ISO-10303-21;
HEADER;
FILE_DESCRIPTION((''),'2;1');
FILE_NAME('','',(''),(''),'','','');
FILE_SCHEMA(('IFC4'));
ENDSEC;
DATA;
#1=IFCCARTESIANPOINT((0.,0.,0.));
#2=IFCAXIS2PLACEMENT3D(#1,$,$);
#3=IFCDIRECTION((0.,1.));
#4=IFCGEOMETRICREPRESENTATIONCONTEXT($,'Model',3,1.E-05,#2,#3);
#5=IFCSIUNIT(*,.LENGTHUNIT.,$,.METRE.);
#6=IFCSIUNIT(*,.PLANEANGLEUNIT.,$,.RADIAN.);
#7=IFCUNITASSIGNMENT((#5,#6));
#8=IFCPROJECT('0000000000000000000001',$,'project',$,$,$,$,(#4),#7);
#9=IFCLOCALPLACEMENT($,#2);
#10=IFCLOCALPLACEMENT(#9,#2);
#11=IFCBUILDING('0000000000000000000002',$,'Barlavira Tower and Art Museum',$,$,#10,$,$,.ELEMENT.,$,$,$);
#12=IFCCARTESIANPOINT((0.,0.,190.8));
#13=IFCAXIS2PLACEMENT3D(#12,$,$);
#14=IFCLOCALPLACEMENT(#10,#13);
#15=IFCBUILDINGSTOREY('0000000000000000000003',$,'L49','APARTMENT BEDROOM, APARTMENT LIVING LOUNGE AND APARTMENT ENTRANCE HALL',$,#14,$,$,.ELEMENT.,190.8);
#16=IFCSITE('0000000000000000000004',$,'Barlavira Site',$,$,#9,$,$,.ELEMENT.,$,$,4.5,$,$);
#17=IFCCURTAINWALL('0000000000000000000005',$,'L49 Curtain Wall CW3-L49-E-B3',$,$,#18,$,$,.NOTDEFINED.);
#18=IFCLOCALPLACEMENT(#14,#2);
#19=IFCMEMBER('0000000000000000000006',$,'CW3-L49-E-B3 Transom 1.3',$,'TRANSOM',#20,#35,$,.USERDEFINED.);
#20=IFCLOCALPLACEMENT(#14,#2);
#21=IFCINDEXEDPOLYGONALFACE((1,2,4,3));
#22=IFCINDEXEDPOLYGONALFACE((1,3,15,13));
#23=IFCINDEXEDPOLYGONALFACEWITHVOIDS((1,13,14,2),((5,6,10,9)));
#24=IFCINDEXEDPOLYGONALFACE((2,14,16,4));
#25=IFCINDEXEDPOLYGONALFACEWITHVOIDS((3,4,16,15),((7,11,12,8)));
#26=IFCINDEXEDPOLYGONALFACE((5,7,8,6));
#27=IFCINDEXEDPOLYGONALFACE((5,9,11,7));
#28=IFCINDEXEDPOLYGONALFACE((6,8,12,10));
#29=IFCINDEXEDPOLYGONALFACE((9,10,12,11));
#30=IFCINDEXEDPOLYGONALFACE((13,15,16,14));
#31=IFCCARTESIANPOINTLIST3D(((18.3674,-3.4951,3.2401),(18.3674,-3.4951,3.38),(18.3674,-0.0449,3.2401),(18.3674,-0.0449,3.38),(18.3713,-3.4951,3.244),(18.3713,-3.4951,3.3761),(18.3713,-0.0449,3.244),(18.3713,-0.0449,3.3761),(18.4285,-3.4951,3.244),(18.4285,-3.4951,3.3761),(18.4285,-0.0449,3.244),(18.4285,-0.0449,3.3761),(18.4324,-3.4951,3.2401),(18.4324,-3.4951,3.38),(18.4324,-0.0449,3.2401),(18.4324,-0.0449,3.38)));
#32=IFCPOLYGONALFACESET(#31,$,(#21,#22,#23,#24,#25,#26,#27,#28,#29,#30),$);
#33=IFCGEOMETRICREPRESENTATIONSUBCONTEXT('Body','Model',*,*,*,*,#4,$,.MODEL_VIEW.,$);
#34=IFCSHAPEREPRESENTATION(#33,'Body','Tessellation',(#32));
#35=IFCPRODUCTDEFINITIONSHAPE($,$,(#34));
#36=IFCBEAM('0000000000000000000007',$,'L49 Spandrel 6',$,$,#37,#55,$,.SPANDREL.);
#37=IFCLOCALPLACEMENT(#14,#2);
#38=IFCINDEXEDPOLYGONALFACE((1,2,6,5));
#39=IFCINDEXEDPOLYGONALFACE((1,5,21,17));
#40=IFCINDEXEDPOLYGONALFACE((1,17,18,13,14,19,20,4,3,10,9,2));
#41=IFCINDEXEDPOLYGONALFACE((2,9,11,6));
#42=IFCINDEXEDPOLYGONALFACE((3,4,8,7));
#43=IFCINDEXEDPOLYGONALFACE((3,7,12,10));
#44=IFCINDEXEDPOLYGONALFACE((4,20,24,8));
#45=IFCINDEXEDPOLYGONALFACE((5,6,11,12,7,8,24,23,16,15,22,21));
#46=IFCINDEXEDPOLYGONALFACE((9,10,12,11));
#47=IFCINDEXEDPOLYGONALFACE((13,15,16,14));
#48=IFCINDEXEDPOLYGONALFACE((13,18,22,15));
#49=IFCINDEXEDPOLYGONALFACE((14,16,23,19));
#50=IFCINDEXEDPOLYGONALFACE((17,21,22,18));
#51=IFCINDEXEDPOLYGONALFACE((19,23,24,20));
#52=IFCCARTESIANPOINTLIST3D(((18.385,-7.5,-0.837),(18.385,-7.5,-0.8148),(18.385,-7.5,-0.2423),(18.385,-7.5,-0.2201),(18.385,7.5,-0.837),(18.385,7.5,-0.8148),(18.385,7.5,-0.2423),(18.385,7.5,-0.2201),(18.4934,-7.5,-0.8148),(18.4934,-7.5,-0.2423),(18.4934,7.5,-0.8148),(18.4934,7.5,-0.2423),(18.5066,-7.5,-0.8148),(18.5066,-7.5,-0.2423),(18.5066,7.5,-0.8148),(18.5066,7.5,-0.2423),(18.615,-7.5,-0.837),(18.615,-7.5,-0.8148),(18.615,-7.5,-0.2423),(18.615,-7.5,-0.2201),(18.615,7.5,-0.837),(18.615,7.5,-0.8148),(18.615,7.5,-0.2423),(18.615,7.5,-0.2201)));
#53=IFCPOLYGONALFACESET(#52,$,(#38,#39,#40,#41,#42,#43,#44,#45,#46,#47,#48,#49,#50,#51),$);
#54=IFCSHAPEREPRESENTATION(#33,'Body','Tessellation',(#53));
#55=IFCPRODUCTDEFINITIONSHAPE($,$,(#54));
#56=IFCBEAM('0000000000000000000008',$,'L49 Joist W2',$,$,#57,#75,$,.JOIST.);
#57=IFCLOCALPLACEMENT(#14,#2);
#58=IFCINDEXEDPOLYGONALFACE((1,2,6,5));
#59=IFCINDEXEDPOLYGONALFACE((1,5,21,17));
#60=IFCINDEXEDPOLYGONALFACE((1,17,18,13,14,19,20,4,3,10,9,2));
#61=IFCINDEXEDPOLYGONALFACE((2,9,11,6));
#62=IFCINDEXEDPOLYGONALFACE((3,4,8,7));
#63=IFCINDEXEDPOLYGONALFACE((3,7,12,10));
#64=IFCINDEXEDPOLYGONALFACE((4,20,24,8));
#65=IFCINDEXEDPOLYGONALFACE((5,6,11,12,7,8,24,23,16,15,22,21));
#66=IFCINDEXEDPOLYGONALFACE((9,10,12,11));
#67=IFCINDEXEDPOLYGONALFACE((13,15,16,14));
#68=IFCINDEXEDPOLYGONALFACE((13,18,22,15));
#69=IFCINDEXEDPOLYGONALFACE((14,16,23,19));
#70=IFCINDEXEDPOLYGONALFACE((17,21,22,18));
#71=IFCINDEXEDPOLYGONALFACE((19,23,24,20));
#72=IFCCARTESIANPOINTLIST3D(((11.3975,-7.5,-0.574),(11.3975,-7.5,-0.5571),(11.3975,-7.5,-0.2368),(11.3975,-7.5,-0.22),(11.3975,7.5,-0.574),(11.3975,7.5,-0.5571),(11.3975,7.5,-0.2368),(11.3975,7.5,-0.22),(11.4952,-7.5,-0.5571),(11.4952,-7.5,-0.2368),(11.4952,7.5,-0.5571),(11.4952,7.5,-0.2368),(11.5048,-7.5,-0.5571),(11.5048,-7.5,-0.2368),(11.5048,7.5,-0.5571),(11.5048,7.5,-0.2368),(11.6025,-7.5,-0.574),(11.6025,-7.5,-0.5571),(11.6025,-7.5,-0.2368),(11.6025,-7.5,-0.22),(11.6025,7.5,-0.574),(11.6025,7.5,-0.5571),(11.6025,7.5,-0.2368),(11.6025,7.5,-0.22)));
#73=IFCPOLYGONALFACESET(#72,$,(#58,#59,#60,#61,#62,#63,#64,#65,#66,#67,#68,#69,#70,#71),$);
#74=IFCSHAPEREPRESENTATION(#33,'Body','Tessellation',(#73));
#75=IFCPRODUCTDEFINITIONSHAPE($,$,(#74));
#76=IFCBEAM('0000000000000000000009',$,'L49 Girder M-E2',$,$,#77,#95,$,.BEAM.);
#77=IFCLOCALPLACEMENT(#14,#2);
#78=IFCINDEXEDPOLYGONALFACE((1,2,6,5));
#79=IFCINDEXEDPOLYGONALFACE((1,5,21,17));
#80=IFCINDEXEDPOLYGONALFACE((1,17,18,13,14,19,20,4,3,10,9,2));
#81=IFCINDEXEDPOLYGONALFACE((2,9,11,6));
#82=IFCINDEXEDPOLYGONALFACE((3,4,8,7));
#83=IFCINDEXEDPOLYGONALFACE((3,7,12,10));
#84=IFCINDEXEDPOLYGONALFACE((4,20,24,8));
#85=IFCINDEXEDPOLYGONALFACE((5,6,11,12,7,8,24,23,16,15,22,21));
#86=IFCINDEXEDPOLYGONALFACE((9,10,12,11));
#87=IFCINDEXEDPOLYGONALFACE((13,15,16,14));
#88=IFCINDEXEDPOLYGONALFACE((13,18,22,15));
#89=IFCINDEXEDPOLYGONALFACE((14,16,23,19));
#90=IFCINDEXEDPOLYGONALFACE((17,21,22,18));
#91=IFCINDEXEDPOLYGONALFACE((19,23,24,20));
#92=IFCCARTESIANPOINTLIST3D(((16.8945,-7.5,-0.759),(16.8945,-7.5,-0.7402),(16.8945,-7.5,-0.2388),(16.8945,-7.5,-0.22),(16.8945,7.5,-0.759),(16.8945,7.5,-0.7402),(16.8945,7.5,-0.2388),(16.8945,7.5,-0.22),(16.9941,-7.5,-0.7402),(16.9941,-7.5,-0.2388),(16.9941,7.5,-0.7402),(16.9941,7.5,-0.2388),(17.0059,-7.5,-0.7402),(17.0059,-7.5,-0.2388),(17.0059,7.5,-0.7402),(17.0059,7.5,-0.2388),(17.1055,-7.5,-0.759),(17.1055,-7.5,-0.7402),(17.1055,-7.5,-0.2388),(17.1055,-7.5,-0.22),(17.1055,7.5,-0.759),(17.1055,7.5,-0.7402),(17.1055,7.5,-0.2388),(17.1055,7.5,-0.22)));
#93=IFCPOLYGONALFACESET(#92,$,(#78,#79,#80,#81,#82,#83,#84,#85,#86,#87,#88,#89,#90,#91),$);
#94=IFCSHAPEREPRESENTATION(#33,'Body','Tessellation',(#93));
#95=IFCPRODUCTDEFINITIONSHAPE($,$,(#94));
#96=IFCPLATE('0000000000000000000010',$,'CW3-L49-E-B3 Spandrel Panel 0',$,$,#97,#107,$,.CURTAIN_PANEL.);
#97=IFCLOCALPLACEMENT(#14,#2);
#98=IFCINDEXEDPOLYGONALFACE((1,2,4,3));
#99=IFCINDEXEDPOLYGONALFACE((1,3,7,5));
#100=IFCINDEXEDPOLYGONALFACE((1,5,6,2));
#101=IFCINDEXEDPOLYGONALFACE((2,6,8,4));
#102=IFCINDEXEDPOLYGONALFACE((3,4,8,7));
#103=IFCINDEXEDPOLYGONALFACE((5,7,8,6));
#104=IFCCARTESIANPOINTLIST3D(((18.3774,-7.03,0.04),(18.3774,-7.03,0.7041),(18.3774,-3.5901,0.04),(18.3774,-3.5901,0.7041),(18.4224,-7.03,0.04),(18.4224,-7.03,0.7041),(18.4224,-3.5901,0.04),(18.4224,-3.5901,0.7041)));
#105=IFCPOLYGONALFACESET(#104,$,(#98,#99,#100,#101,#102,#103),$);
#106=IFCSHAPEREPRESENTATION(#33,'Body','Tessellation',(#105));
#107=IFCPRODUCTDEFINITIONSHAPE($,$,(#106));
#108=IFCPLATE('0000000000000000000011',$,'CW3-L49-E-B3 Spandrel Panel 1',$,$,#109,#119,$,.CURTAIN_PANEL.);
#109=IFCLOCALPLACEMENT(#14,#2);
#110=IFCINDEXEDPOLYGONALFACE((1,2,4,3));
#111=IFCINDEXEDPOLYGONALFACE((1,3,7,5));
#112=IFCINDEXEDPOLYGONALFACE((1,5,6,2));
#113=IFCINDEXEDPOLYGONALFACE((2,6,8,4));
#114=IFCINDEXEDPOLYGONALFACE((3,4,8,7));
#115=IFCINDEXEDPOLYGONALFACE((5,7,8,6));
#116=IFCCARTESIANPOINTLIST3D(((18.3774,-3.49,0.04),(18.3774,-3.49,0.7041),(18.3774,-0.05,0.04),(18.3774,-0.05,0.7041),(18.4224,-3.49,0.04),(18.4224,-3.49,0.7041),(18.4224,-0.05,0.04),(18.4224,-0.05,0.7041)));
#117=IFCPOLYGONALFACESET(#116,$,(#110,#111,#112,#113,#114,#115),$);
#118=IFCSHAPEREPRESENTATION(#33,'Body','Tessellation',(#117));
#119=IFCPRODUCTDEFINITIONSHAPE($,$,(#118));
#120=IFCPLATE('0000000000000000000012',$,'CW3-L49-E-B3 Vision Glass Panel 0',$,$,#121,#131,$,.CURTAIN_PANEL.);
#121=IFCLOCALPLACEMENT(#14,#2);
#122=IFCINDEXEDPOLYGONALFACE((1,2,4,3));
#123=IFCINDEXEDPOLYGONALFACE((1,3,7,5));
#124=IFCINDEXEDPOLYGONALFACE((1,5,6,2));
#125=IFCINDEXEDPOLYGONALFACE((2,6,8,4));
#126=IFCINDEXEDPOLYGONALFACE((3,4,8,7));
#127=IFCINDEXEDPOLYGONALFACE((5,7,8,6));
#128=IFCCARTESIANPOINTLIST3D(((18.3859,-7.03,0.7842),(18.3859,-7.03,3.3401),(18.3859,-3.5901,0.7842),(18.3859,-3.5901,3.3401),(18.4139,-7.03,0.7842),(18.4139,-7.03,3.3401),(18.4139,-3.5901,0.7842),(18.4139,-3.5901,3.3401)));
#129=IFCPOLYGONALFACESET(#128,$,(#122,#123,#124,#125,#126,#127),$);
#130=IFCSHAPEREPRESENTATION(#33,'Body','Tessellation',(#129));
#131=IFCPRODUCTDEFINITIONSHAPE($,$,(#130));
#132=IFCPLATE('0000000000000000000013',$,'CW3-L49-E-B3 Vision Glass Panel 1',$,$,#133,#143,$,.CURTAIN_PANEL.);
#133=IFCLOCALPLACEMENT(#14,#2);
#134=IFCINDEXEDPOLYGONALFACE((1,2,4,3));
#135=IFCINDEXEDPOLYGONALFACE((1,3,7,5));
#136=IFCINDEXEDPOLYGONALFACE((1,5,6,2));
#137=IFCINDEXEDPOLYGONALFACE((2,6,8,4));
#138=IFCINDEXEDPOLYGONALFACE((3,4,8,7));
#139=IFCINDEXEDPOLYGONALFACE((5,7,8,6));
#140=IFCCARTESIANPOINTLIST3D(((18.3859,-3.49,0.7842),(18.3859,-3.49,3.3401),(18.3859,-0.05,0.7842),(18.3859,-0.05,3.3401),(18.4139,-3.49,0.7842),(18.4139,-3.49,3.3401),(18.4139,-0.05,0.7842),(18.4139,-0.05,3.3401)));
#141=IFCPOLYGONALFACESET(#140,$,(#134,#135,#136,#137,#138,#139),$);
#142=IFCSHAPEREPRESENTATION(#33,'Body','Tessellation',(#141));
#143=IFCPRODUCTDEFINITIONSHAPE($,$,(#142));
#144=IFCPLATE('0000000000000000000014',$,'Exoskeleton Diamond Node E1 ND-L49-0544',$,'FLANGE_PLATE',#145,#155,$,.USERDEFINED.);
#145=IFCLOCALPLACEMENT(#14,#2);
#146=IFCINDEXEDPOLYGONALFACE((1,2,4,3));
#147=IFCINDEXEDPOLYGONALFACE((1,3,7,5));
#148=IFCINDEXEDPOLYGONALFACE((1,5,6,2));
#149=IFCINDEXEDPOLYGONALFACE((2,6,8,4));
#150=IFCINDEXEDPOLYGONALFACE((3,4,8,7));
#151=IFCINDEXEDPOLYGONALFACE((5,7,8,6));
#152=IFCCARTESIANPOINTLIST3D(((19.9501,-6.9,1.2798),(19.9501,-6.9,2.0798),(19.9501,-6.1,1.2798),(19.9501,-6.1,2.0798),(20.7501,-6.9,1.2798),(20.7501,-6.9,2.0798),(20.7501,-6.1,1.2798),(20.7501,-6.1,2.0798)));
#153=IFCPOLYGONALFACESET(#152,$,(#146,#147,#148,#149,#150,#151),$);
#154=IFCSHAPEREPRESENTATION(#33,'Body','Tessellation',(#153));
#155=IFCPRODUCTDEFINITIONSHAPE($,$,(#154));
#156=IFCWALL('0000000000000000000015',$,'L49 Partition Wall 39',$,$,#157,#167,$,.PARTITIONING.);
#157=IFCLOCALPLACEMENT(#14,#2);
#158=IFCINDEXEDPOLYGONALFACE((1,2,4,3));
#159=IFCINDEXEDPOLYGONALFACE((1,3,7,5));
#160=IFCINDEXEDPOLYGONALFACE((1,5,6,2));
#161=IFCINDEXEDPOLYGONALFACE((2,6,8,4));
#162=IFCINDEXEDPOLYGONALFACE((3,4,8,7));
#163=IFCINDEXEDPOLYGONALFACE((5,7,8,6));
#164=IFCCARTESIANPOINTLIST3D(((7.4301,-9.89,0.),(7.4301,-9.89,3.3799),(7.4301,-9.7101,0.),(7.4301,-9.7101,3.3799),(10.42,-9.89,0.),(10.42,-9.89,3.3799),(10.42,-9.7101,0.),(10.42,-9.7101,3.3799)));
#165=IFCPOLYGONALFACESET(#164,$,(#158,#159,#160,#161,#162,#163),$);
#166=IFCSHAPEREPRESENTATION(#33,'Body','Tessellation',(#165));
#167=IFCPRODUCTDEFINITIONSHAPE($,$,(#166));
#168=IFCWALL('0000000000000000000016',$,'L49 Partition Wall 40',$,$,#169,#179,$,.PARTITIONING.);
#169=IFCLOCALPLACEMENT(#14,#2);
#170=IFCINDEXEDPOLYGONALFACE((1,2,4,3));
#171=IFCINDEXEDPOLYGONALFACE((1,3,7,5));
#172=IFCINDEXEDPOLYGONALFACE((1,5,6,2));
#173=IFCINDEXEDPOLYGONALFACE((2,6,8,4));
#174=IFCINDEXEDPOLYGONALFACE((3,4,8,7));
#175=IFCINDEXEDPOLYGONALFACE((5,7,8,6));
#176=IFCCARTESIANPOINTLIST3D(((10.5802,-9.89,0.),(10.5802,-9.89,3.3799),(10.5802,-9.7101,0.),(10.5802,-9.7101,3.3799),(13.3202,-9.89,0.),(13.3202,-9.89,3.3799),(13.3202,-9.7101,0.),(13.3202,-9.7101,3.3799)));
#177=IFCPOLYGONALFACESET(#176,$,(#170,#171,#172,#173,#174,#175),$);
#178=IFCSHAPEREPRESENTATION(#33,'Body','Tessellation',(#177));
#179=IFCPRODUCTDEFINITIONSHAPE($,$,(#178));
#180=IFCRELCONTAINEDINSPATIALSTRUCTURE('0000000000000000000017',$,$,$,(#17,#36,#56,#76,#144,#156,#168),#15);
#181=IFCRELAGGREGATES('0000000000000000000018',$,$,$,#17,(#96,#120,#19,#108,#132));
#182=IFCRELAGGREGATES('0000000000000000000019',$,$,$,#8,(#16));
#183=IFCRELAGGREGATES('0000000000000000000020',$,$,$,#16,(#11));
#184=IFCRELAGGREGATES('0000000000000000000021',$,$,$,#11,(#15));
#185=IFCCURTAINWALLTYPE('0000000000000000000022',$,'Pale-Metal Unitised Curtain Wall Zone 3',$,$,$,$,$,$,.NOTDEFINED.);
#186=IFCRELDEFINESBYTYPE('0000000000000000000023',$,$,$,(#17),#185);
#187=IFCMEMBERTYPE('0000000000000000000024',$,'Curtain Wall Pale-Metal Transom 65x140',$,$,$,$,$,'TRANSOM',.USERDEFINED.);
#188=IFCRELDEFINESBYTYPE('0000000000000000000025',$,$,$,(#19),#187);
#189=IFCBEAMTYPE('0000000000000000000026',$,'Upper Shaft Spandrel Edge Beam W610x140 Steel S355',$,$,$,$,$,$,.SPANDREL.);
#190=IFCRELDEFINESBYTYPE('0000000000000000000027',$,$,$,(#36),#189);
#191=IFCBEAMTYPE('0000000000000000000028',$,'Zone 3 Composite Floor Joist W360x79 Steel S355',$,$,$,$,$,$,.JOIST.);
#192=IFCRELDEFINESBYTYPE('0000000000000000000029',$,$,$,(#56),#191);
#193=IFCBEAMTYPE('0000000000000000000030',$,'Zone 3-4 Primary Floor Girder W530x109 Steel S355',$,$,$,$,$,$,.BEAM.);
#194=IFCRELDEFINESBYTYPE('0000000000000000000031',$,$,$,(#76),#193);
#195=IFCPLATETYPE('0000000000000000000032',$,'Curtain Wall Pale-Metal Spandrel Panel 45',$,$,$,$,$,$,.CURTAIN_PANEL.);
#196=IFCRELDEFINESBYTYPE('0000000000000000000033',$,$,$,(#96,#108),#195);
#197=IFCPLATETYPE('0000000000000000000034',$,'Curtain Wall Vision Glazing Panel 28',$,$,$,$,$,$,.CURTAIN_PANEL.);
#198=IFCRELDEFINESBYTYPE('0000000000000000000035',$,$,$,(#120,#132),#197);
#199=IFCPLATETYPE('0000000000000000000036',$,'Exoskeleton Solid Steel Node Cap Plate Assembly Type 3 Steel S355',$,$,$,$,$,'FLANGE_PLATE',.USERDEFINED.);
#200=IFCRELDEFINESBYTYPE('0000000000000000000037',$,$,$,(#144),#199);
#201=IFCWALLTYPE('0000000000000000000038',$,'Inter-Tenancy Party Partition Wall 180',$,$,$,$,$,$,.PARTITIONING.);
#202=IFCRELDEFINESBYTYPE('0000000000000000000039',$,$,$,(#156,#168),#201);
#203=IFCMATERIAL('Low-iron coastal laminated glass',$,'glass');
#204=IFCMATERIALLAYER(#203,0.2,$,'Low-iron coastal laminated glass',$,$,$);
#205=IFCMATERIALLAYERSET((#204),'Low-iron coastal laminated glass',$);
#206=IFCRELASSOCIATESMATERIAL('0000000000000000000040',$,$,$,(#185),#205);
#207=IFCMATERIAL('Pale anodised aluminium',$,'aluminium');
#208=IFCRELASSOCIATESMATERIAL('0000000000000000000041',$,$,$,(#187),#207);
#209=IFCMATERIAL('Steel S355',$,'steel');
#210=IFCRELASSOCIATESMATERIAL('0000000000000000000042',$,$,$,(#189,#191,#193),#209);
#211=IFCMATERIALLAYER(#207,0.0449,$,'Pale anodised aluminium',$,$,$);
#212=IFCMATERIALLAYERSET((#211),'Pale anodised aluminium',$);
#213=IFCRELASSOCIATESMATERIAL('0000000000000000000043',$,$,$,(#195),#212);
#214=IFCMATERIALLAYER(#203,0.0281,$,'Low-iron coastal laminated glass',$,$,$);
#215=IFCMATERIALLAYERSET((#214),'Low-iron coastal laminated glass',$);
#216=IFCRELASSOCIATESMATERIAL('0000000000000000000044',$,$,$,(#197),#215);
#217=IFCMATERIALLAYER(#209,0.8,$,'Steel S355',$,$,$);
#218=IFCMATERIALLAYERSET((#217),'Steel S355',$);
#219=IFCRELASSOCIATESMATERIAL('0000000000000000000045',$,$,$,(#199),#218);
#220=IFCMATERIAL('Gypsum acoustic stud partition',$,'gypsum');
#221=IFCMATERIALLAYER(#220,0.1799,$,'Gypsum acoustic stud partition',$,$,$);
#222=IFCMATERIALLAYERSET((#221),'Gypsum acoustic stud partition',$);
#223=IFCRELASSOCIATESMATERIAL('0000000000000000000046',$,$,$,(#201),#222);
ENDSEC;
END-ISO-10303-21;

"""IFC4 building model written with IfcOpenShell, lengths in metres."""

from ifc_helpers import new_model, si_unit, direction, frame, frame_2d, origin, origin_2d, place, context, subcontext, project, spatial, rectangle, hollow_rectangle, i_section, extrude, material, layer, layer_set, material_profile, profile_set, type_object, element, aggregate, save


model = new_model("IFC4")

# Units and contexts
model_context = context("Model", 3, precision=1e-05, world=origin(), true_north=direction((0.0, 1.0)))
body_context = subcontext(model_context, "Body", "Model", "MODEL_VIEW")
ifc_project = project(units=[si_unit("LENGTHUNIT", "METRE"), si_unit("PLANEANGLEUNIT", "RADIAN")], contexts=[model_context])

# Site, building, storey
site_placement = place(None, origin())
site = spatial("IfcSite", under=ifc_project, at=site_placement, Name="Barlavira Site", CompositionType="ELEMENT", RefElevation=4.5)
building_placement = place(site_placement, origin())
building = spatial("IfcBuilding", under=site, at=building_placement, Name="Barlavira Tower and Art Museum", CompositionType="ELEMENT")
storey_placement = place(building_placement, frame((0.0, 0.0, 190.8)))
storey = spatial("IfcBuildingStorey", under=building, at=storey_placement, Name="L49", Description="APARTMENT BEDROOM, APARTMENT LIVING LOUNGE AND APARTMENT ENTRANCE HALL", CompositionType="ELEMENT", Elevation=190.8)

# Shared definitions
ifc_material_1 = material(Name="Steel S355", Category="steel")

# Curtain wall, member
ifc_material_2 = material(Name="Low-iron coastal laminated glass", Category="glass")
ifc_layer_1 = layer(ifc_material_2, 0.2, Name="Low-iron coastal laminated glass")
ifc_layer_set_1 = layer_set([ifc_layer_1], Name="Low-iron coastal laminated glass")
curtain_wall_type = type_object("IfcCurtainWallType", Name="Pale-Metal Unitised Curtain Wall Zone 3", PredefinedType="NOTDEFINED", material=ifc_layer_set_1)
curtain_wall_placement = place(storey_placement, origin())
curtain_wall = element("IfcCurtainWall", 1, at=curtain_wall_placement, inside=storey, type_object=curtain_wall_type, Name="L49 Curtain Wall CW3-L49-E-B3", PredefinedType="NOTDEFINED")
ifc_material_3 = material(Name="Pale anodised aluminium", Category="aluminium")
ifc_material_profile_1 = material_profile(ifc_material_3, hollow_rectangle(XDim=0.0649, YDim=0.1399, WallThickness=0.0039, at=origin_2d()), Name="ALU-TRAN 65x140x4")
ifc_profile_set_1 = profile_set([ifc_material_profile_1], Name="Pale anodised aluminium")
member_type_1 = type_object("IfcMemberType", Name="Curtain Wall Pale-Metal Transom 65x140", ElementType="TRANSOM", PredefinedType="USERDEFINED", material=ifc_profile_set_1)
member_1_placement = place(storey_placement, frame((18.3999, -3.4951, 3.3101), z_axis=(0.0, 1.0, 0.0), x_axis=(-1.0, 0.0, 0.0)))
member_1 = element("IfcMember", 2, at=member_1_placement, type_object=member_type_1, Name="CW3-L49-E-B3 Transom 1.3", ObjectType="TRANSOM", PredefinedType="USERDEFINED", context=body_context, shape_type="SweptSolid", body=[
    extrude(hollow_rectangle(XDim=0.0649, YDim=0.1399, WallThickness=0.0039, at=origin_2d()), origin(), (0.0, 0.0, 1.0), 3.4502),
])

# Beams
ifc_material_profile_2 = material_profile(ifc_material_1, i_section(OverallWidth=0.23, OverallDepth=0.6169, WebThickness=0.0132, FlangeThickness=0.0222, at=origin_2d()), Name="W610x140.0")
ifc_profile_set_2 = profile_set([ifc_material_profile_2], Name="Steel S355")
beam_type_1 = type_object("IfcBeamType", Name="Upper Shaft Spandrel Edge Beam W610x140 Steel S355", PredefinedType="SPANDREL", material=ifc_profile_set_2)
beam_1_placement = place(storey_placement, frame((18.5, -7.5, -0.5286), z_axis=(0.0, 1.0, 0.0), x_axis=(-1.0, 0.0, 0.0)))
element("IfcBeam", 3, at=beam_1_placement, inside=storey, type_object=beam_type_1, Name="L49 Spandrel 6", PredefinedType="SPANDREL", context=body_context, shape_type="SweptSolid", body=[
    extrude(i_section(OverallWidth=0.23, OverallDepth=0.6169, WebThickness=0.0132, FlangeThickness=0.0222, at=origin_2d()), origin(), (0.0, 0.0, 1.0), 15.0),
])
ifc_material_profile_3 = material_profile(ifc_material_1, i_section(OverallWidth=0.2051, OverallDepth=0.354, WebThickness=0.0095, FlangeThickness=0.0168, at=origin_2d()), Name="W360x79.0")
ifc_profile_set_3 = profile_set([ifc_material_profile_3], Name="Steel S355")
beam_type_2 = type_object("IfcBeamType", Name="Zone 3 Composite Floor Joist W360x79 Steel S355", PredefinedType="JOIST", material=ifc_profile_set_3)
beam_2_placement = place(storey_placement, frame((11.5, -7.5, -0.397), z_axis=(0.0, 1.0, 0.0), x_axis=(-1.0, 0.0, 0.0)))
element("IfcBeam", 4, at=beam_2_placement, inside=storey, type_object=beam_type_2, Name="L49 Joist W2", PredefinedType="JOIST", context=body_context, shape_type="SweptSolid", body=[
    extrude(i_section(OverallWidth=0.2051, OverallDepth=0.354, WebThickness=0.0095, FlangeThickness=0.0168, at=origin_2d()), origin(), (0.0, 0.0, 1.0), 15.0),
])
ifc_material_profile_4 = material_profile(ifc_material_1, i_section(OverallWidth=0.2109, OverallDepth=0.5391, WebThickness=0.0117, FlangeThickness=0.0188, at=origin_2d()), Name="W530x109.0")
ifc_profile_set_4 = profile_set([ifc_material_profile_4], Name="Steel S355")
beam_type_3 = type_object("IfcBeamType", Name="Zone 3-4 Primary Floor Girder W530x109 Steel S355", PredefinedType="BEAM", material=ifc_profile_set_4)
beam_3_placement = place(storey_placement, frame((17.0, -7.5, -0.4895), z_axis=(0.0, 1.0, 0.0), x_axis=(-1.0, 0.0, 0.0)))
element("IfcBeam", 5, at=beam_3_placement, inside=storey, type_object=beam_type_3, Name="L49 Girder M-E2", PredefinedType="BEAM", context=body_context, shape_type="SweptSolid", body=[
    extrude(i_section(OverallWidth=0.2109, OverallDepth=0.5391, WebThickness=0.0117, FlangeThickness=0.0188, at=origin_2d()), origin(), (0.0, 0.0, 1.0), 15.0),
])

# Plates
ifc_layer_2 = layer(ifc_material_3, 0.0449, Name="Pale anodised aluminium")
ifc_layer_set_2 = layer_set([ifc_layer_2], Name="Pale anodised aluminium")
plate_type_1 = type_object("IfcPlateType", Name="Curtain Wall Pale-Metal Spandrel Panel 45", PredefinedType="CURTAIN_PANEL", material=ifc_layer_set_2)
plate_1_placement = place(storey_placement, frame((18.3999, -5.3101, 0.04), z_axis=(0.0, 0.0, 1.0), x_axis=(0.0, 1.0, 0.0)))
plate_1 = element("IfcPlate", 6, at=plate_1_placement, type_object=plate_type_1, Name="CW3-L49-E-B3 Spandrel Panel 0", PredefinedType="CURTAIN_PANEL", context=body_context, shape_type="SweptSolid", body=[
    extrude(rectangle(XDim=3.4399, YDim=0.0449, at=origin_2d()), origin(), (0.0, 0.0, 1.0), 0.6641),
])
plate_2_placement = place(storey_placement, frame((18.3999, -1.77, 0.04), z_axis=(0.0, 0.0, 1.0), x_axis=(0.0, 1.0, 0.0)))
plate_2 = element("IfcPlate", 7, at=plate_2_placement, type_object=plate_type_1, Name="CW3-L49-E-B3 Spandrel Panel 1", PredefinedType="CURTAIN_PANEL", context=body_context, shape_type="SweptSolid", body=[
    extrude(rectangle(XDim=3.4399, YDim=0.0449, at=origin_2d()), origin(), (0.0, 0.0, 1.0), 0.6641),
])
ifc_layer_3 = layer(ifc_material_2, 0.0281, Name="Low-iron coastal laminated glass")
ifc_layer_set_3 = layer_set([ifc_layer_3], Name="Low-iron coastal laminated glass")
plate_type_2 = type_object("IfcPlateType", Name="Curtain Wall Vision Glazing Panel 28", PredefinedType="CURTAIN_PANEL", material=ifc_layer_set_3)
plate_3_placement = place(storey_placement, frame((18.3999, -5.3101, 0.7842), z_axis=(0.0, 0.0, 1.0), x_axis=(0.0, 1.0, 0.0)))
plate_3 = element("IfcPlate", 8, at=plate_3_placement, type_object=plate_type_2, Name="CW3-L49-E-B3 Vision Glass Panel 0", PredefinedType="CURTAIN_PANEL", context=body_context, shape_type="SweptSolid", body=[
    extrude(rectangle(XDim=3.4399, YDim=0.0281, at=origin_2d()), origin(), (0.0, 0.0, 1.0), 2.5559),
])
plate_4_placement = place(storey_placement, frame((18.3999, -1.77, 0.7842), z_axis=(0.0, 0.0, 1.0), x_axis=(0.0, 1.0, 0.0)))
plate_4 = element("IfcPlate", 9, at=plate_4_placement, type_object=plate_type_2, Name="CW3-L49-E-B3 Vision Glass Panel 1", PredefinedType="CURTAIN_PANEL", context=body_context, shape_type="SweptSolid", body=[
    extrude(rectangle(XDim=3.4399, YDim=0.0281, at=origin_2d()), origin(), (0.0, 0.0, 1.0), 2.5559),
])
aggregate(curtain_wall, [plate_1, plate_3, member_1, plate_2, plate_4])
ifc_layer_4 = layer(ifc_material_1, 0.8, Name="Steel S355")
ifc_layer_set_4 = layer_set([ifc_layer_4], Name="Steel S355")
plate_type_3 = type_object("IfcPlateType", Name="Exoskeleton Solid Steel Node Cap Plate Assembly Type 3 Steel S355", ElementType="FLANGE_PLATE", PredefinedType="USERDEFINED", material=ifc_layer_set_4)
plate_5_placement = place(storey_placement, frame((20.3501, -6.5, 1.2798), z_axis=(0.0, 0.0, 1.0), x_axis=(1.0, 0.0, 0.0)))
element("IfcPlate", 10, at=plate_5_placement, inside=storey, type_object=plate_type_3, Name="Exoskeleton Diamond Node E1 ND-L49-0544", ObjectType="FLANGE_PLATE", PredefinedType="USERDEFINED", context=body_context, shape_type="SweptSolid", body=[
    extrude(rectangle(XDim=0.8, YDim=0.8, at=origin_2d()), origin(), (0.0, 0.0, 1.0), 0.8),
])

# Shared definitions
ifc_material_4 = material(Name="Gypsum acoustic stud partition", Category="gypsum")
ifc_layer_5 = layer(ifc_material_4, 0.1799, Name="Gypsum acoustic stud partition")
ifc_layer_set_5 = layer_set([ifc_layer_5], Name="Gypsum acoustic stud partition")
wall_type = type_object("IfcWallType", Name="Inter-Tenancy Party Partition Wall 180", PredefinedType="PARTITIONING", material=ifc_layer_set_5)

# Walls
wall_1_placement = place(storey_placement, frame((7.4299, -9.8, 0.0), z_axis=(0.0, 0.0, 1.0), x_axis=(1.0, 0.0, 0.0)))
element("IfcWall", 11, at=wall_1_placement, inside=storey, type_object=wall_type, Name="L49 Partition Wall 39", PredefinedType="PARTITIONING", context=body_context, shape_type="SweptSolid", body=[
    extrude(rectangle(XDim=2.99, YDim=0.1799, at=frame_2d((1.4951, 0.0))), origin(), (0.0, 0.0, 1.0), 3.3799),
])
wall_2_placement = place(storey_placement, frame((10.5801, -9.8, 0.0), z_axis=(0.0, 0.0, 1.0), x_axis=(1.0, 0.0, 0.0)))
element("IfcWall", 12, at=wall_2_placement, inside=storey, type_object=wall_type, Name="L49 Partition Wall 40", PredefinedType="PARTITIONING", context=body_context, shape_type="SweptSolid", body=[
    extrude(rectangle(XDim=2.74, YDim=0.1799, at=frame_2d((1.3701, 0.0))), origin(), (0.0, 0.0, 1.0), 3.3799),
])

save(model, "model.ifc")
